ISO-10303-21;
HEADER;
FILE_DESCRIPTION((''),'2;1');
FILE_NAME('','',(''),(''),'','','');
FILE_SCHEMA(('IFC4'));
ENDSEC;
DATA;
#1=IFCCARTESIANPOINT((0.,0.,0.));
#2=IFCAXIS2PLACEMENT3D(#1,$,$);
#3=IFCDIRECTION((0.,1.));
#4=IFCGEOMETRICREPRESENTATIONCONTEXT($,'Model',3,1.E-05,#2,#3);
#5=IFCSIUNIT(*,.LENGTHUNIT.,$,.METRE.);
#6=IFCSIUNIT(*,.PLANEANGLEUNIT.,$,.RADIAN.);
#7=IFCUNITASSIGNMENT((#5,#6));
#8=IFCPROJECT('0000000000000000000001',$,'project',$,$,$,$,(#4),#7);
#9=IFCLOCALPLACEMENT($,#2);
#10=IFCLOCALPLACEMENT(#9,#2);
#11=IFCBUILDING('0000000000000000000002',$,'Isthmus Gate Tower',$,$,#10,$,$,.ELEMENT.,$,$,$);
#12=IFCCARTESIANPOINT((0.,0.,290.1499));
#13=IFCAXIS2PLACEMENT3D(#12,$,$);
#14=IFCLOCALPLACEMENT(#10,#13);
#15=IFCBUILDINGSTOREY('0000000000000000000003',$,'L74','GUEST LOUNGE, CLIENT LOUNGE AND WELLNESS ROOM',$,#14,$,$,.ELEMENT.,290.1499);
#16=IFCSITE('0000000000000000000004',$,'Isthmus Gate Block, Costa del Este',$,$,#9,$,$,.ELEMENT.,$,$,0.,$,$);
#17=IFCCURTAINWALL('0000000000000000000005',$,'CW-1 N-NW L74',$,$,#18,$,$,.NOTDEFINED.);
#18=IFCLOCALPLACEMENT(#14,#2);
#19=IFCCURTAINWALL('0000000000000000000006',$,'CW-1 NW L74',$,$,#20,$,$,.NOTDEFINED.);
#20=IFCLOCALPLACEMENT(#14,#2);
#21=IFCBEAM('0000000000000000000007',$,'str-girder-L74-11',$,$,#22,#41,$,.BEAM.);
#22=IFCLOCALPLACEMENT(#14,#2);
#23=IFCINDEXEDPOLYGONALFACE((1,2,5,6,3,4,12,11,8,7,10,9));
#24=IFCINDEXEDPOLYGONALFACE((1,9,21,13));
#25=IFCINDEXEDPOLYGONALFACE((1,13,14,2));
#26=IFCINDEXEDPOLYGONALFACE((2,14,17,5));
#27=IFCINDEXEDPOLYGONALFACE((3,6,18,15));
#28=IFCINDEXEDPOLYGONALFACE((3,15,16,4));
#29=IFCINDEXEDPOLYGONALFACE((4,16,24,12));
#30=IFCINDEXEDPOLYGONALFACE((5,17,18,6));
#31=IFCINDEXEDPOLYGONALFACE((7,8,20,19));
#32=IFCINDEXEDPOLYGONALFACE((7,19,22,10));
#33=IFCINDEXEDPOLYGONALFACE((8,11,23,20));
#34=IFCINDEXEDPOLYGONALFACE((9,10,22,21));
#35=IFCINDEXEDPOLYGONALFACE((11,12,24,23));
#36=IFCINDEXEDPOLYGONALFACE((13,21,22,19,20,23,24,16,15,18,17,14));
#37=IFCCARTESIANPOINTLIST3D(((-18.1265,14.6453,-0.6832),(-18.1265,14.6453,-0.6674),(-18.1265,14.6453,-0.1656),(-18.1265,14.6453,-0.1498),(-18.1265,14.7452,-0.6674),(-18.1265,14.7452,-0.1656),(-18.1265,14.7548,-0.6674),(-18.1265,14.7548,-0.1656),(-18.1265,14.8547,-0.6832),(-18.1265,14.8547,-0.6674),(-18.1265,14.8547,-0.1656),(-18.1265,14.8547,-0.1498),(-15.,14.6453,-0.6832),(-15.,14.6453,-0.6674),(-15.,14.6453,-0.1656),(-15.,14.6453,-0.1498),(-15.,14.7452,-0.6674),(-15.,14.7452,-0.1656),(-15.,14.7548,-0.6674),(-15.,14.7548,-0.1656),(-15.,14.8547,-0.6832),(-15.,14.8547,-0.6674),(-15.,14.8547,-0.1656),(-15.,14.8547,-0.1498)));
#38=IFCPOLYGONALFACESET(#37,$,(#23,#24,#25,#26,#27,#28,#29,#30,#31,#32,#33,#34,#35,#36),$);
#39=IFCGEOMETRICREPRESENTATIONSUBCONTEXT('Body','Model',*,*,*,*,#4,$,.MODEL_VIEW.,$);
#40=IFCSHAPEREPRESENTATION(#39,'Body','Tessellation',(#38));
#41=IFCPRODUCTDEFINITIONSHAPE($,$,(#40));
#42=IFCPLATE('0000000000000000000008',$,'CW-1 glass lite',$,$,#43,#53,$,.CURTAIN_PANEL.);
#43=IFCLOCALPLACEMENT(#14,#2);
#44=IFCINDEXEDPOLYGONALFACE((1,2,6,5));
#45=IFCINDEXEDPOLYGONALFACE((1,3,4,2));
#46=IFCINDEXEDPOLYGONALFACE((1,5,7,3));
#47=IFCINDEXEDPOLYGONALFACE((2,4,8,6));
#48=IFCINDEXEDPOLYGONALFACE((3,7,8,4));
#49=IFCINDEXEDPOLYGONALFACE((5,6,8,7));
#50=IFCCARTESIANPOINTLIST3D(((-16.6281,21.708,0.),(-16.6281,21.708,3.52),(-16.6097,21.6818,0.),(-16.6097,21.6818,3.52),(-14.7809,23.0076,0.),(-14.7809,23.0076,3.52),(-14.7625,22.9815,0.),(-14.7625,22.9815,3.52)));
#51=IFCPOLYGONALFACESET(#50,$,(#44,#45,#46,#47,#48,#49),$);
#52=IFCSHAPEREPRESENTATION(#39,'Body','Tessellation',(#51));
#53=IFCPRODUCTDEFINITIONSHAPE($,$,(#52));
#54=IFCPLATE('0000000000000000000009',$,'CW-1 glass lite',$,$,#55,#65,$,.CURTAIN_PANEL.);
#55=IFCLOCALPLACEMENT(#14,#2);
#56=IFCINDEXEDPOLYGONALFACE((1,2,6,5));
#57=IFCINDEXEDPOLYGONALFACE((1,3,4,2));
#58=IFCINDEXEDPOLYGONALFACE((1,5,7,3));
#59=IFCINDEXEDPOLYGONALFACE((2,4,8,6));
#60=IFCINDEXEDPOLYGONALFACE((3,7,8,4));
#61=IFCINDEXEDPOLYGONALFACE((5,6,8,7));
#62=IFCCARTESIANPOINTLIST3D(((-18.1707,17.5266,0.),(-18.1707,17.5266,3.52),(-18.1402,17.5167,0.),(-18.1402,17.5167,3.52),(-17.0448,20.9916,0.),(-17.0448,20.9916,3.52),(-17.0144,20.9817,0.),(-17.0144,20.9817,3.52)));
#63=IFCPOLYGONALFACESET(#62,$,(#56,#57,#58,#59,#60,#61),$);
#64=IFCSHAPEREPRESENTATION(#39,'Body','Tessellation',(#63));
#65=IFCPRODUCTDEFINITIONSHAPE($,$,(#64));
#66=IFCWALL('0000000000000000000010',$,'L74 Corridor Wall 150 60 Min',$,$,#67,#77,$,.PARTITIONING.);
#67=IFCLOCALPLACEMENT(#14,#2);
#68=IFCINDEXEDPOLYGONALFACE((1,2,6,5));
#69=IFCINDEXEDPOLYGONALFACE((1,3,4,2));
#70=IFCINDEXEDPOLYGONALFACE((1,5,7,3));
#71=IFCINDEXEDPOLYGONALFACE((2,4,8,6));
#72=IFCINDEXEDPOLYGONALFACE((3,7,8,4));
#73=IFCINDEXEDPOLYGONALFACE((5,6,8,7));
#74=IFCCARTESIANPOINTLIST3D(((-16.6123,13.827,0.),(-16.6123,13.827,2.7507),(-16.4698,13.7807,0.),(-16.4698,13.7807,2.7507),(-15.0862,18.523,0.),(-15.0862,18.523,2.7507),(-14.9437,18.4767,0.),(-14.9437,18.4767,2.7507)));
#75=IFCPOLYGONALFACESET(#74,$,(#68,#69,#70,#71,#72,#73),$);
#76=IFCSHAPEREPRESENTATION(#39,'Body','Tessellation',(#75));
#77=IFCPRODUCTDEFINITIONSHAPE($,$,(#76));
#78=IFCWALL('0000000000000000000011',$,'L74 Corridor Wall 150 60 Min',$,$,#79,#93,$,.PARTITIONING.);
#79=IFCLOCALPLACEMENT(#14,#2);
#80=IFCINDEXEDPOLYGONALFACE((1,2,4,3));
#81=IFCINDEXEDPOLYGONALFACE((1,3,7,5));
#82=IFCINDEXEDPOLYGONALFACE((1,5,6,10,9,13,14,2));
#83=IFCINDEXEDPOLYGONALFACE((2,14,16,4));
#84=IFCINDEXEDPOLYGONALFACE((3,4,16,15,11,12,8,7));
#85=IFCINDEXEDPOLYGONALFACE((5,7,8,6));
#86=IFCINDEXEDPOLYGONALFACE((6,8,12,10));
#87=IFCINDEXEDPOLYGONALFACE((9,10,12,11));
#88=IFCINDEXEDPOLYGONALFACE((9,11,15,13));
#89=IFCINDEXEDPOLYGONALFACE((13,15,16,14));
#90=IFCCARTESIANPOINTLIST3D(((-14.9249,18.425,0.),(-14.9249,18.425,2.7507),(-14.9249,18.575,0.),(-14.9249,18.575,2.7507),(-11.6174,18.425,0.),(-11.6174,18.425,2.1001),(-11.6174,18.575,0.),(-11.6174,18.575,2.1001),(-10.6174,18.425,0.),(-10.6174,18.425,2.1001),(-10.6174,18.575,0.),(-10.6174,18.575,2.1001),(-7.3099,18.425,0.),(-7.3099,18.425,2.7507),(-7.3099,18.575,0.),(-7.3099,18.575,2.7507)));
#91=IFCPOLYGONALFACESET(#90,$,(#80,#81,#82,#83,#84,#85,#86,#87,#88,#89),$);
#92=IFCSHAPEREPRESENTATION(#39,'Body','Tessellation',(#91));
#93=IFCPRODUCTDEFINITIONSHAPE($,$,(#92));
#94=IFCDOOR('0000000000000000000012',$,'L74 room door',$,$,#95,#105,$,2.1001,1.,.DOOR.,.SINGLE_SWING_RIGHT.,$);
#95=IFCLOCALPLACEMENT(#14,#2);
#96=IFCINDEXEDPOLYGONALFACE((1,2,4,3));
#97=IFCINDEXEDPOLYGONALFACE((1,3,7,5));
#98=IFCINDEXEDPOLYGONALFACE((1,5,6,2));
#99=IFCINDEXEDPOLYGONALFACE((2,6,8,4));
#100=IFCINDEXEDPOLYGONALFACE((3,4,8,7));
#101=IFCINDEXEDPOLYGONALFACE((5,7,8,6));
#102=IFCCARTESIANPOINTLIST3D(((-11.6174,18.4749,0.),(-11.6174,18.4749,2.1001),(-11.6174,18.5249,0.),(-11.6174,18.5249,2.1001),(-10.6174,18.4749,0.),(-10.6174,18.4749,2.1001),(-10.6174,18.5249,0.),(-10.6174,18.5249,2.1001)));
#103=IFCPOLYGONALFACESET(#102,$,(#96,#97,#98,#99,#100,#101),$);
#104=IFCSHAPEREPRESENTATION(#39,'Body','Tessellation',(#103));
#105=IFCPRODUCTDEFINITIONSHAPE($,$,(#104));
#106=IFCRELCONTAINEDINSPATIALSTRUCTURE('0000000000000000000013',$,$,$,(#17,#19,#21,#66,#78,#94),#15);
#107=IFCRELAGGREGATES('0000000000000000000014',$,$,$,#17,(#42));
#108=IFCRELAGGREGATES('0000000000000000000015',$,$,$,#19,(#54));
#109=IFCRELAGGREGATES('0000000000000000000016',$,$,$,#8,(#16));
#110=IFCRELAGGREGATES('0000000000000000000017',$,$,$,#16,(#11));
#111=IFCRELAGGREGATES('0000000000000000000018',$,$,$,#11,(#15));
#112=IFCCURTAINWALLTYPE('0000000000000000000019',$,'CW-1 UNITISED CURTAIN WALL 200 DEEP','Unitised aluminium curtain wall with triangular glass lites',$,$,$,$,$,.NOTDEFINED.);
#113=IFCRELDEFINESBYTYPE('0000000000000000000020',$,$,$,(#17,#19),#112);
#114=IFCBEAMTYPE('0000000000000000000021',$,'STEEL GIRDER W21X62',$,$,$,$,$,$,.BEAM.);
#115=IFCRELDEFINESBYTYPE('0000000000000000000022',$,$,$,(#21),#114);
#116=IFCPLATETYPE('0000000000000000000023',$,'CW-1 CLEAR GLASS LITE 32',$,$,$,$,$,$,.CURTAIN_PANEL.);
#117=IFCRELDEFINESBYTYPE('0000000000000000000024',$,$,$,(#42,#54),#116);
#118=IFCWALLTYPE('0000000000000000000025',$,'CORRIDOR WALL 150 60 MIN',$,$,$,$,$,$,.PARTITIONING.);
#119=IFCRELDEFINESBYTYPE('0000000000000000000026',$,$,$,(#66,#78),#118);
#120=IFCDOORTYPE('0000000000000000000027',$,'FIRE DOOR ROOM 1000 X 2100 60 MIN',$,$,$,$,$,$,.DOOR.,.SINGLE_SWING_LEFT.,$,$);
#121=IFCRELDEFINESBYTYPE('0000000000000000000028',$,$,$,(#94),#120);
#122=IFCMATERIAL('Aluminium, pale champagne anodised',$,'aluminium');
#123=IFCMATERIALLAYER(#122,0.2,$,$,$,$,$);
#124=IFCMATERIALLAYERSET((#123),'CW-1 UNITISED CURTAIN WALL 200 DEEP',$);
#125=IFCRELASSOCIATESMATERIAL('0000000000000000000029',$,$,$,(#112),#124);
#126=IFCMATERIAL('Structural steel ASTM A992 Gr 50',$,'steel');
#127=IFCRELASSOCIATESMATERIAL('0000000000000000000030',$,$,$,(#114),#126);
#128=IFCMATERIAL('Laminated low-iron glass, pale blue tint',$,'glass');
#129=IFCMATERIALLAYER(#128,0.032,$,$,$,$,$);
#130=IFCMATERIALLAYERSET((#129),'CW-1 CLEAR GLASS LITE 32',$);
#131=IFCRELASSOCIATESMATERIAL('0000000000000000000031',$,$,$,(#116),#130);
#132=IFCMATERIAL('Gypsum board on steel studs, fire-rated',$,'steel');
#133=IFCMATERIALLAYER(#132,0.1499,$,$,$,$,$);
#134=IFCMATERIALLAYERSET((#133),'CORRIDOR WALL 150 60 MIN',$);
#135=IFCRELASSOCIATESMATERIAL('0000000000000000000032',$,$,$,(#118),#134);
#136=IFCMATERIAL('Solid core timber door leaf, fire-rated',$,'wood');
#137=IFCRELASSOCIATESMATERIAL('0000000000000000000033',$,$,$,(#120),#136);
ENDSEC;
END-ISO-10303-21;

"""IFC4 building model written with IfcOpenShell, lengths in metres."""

from ifc_helpers import new_model, si_unit, direction, frame, frame_2d, origin, origin_2d, place, context, subcontext, project, spatial, rectangle, i_section, extrude, material, layer, layer_set, material_profile, profile_set, type_object, element, fill, aggregate, save


model = new_model("IFC4")

# Units and contexts
model_context = context("Model", 3, precision=1e-05, world=origin(), true_north=direction((0.0, 1.0)))
body_context = subcontext(model_context, "Body", "Model", "MODEL_VIEW")
ifc_project = project(units=[si_unit("LENGTHUNIT", "METRE"), si_unit("PLANEANGLEUNIT", "RADIAN")], contexts=[model_context])

# Site, building, storey
site_placement = place(None, origin())
site = spatial("IfcSite", under=ifc_project, at=site_placement, Name="Isthmus Gate Block, Costa del Este", CompositionType="ELEMENT", RefElevation=0.0)
building_placement = place(site_placement, origin())
building = spatial("IfcBuilding", under=site, at=building_placement, Name="Isthmus Gate Tower", CompositionType="ELEMENT")
storey_placement = place(building_placement, frame((0.0, 0.0, 290.1499)))
storey = spatial("IfcBuildingStorey", under=building, at=storey_placement, Name="L74", Description="GUEST LOUNGE, CLIENT LOUNGE AND WELLNESS ROOM", CompositionType="ELEMENT", Elevation=290.1499)

# Curtain wall
ifc_material_1 = material(Name="Aluminium, pale champagne anodised", Category="aluminium")
ifc_layer_1 = layer(ifc_material_1, 0.2)
ifc_layer_set_1 = layer_set([ifc_layer_1], Name="CW-1 UNITISED CURTAIN WALL 200 DEEP")
curtain_wall_type = type_object("IfcCurtainWallType", Name="CW-1 UNITISED CURTAIN WALL 200 DEEP", Description="Unitised aluminium curtain wall with triangular glass lites", PredefinedType="NOTDEFINED", material=ifc_layer_set_1)
curtain_wall_1_placement = place(storey_placement, origin())
curtain_wall_1 = element("IfcCurtainWall", 1, at=curtain_wall_1_placement, inside=storey, type_object=curtain_wall_type, Name="CW-1 N-NW L74", PredefinedType="NOTDEFINED")

# Curtain wall
curtain_wall_2_placement = place(storey_placement, origin())
curtain_wall_2 = element("IfcCurtainWall", 2, at=curtain_wall_2_placement, inside=storey, type_object=curtain_wall_type, Name="CW-1 NW L74", PredefinedType="NOTDEFINED")

# Beam
ifc_material_2 = material(Name="Structural steel ASTM A992 Gr 50", Category="steel")
ifc_material_profile_1 = material_profile(ifc_material_2, i_section(OverallWidth=0.2095, OverallDepth=0.5334, WebThickness=0.0095, FlangeThickness=0.0159, at=origin_2d()), Name="W21X62")
ifc_profile_set_1 = profile_set([ifc_material_profile_1], Name="Structural steel ASTM A992 Gr 50")
beam_type_1 = type_object("IfcBeamType", Name="STEEL GIRDER W21X62", PredefinedType="BEAM", material=ifc_profile_set_1)
beam_1_placement = place(storey_placement, frame((-15.0, 14.75, -0.4165), z_axis=(-1.0, 0.0, 0.0), x_axis=(0.0, -1.0, 0.0)))
element("IfcBeam", 3, at=beam_1_placement, inside=storey, type_object=beam_type_1, Name="str-girder-L74-11", PredefinedType="BEAM", context=body_context, shape_type="SweptSolid", body=[
    extrude(i_section(OverallWidth=0.2095, OverallDepth=0.5334, WebThickness=0.0095, FlangeThickness=0.0159, at=origin_2d()), origin(), (0.0, 0.0, 1.0), 3.1265),
])

# Plates
ifc_material_3 = material(Name="Laminated low-iron glass, pale blue tint", Category="glass")
ifc_layer_2 = layer(ifc_material_3, 0.032)
ifc_layer_set_2 = layer_set([ifc_layer_2], Name="CW-1 CLEAR GLASS LITE 32")
plate_type = type_object("IfcPlateType", Name="CW-1 CLEAR GLASS LITE 32", PredefinedType="CURTAIN_PANEL", material=ifc_layer_set_2)
plate_1_placement = place(storey_placement, frame((-15.6953, 22.3447, 0.0), z_axis=(0.0, 0.0, 1.0), x_axis=(-0.81786, -0.575418, 0.0)))
plate_1 = element("IfcPlate", 4, at=plate_1_placement, type_object=plate_type, Name="CW-1 glass lite", PredefinedType="CURTAIN_PANEL", context=body_context, shape_type="SweptSolid", body=[
    extrude(rectangle(XDim=2.2585, YDim=0.032, at=origin_2d()), origin(), (0.0, 0.0, 1.0), 3.52),
])
aggregate(curtain_wall_1, [plate_1])
plate_2_placement = place(storey_placement, frame((-17.5925, 19.2542, 0.0), z_axis=(0.0, 0.0, 1.0), x_axis=(-0.309017, -0.951057, 0.0)))
plate_2 = element("IfcPlate", 5, at=plate_2_placement, type_object=plate_type, Name="CW-1 glass lite", PredefinedType="CURTAIN_PANEL", context=body_context, shape_type="SweptSolid", body=[
    extrude(rectangle(XDim=3.6433, YDim=0.032, at=origin_2d()), origin(), (0.0, 0.0, 1.0), 3.52),
])

# Wall
ifc_material_4 = material(Name="Gypsum board on steel studs, fire-rated", Category="steel")
ifc_layer_3 = layer(ifc_material_4, 0.1499)
ifc_layer_set_3 = layer_set([ifc_layer_3], Name="CORRIDOR WALL 150 60 MIN")
wall_type_1 = type_object("IfcWallType", Name="CORRIDOR WALL 150 60 MIN", PredefinedType="PARTITIONING", material=ifc_layer_set_3)
wall_1_placement = place(storey_placement, frame((-16.541, 13.804, 0.0), z_axis=(0.0, 0.0, 1.0), x_axis=(0.309069, 0.95104, 0.0)))
element("IfcWall", 6, at=wall_1_placement, inside=storey, type_object=wall_type_1, Name="L74 Corridor Wall 150 60 Min", PredefinedType="PARTITIONING", context=body_context, shape_type="SweptSolid", body=[
    extrude(rectangle(XDim=4.9377, YDim=0.1499, at=frame_2d((2.4688, 0.0))), origin(), (0.0, 0.0, 1.0), 2.7507),
])

# Wall, opening, door
wall_2_placement = place(storey_placement, frame((-14.925, 18.5, 0.0), z_axis=(0.0, 0.0, 1.0), x_axis=(1.0, 0.0, 0.0)))
wall_2 = element("IfcWall", 7, at=wall_2_placement, inside=storey, type_object=wall_type_1, Name="L74 Corridor Wall 150 60 Min", PredefinedType="PARTITIONING", context=body_context, shape_type="SweptSolid", body=[
    extrude(rectangle(XDim=7.615, YDim=0.1499, at=frame_2d((3.8076, 0.0))), origin(), (0.0, 0.0, 1.0), 2.7507),
])
opening_1_placement = place(wall_2_placement, frame((3.3076, 0.0, 0.0)))
opening_1 = element("IfcOpeningElement", 8, at=opening_1_placement, cuts=wall_2, PredefinedType="OPENING", context=body_context, shape_type="SweptSolid", body=[
    extrude(rectangle(XDim=1.0, YDim=2.1001, at=frame_2d((0.5, 1.05))), frame((0.0, 0.085, 0.0), z_axis=(0.0, -1.0, 0.0), x_axis=(1.0, 0.0, 0.0)), (0.0, 0.0, 1.0), 0.1699),
])
ifc_material_5 = material(Name="Solid core timber door leaf, fire-rated", Category="wood")
door_type_1 = type_object("IfcDoorType", Name="FIRE DOOR ROOM 1000 X 2100 60 MIN", OperationType="SINGLE_SWING_LEFT", PredefinedType="DOOR", material=ifc_material_5)
door_1_placement = place(opening_1_placement, origin())
door_1 = element("IfcDoor", 9, at=door_1_placement, inside=storey, type_object=door_type_1, Name="L74 room door", OperationType="SINGLE_SWING_RIGHT", OverallHeight=2.1001, OverallWidth=1.0, PredefinedType="DOOR", context=body_context, shape_type="SweptSolid", body=[
    extrude(rectangle(XDim=1.0, YDim=2.1001, at=frame_2d((0.5, 1.05))), frame((0.0, 0.0249, 0.0), z_axis=(0.0, -1.0, 0.0), x_axis=(1.0, 0.0, 0.0)), (0.0, 0.0, 1.0), 0.05),
])
fill(opening_1, door_1)

aggregate(curtain_wall_2, [plate_2])

save(model, "model.ifc")
